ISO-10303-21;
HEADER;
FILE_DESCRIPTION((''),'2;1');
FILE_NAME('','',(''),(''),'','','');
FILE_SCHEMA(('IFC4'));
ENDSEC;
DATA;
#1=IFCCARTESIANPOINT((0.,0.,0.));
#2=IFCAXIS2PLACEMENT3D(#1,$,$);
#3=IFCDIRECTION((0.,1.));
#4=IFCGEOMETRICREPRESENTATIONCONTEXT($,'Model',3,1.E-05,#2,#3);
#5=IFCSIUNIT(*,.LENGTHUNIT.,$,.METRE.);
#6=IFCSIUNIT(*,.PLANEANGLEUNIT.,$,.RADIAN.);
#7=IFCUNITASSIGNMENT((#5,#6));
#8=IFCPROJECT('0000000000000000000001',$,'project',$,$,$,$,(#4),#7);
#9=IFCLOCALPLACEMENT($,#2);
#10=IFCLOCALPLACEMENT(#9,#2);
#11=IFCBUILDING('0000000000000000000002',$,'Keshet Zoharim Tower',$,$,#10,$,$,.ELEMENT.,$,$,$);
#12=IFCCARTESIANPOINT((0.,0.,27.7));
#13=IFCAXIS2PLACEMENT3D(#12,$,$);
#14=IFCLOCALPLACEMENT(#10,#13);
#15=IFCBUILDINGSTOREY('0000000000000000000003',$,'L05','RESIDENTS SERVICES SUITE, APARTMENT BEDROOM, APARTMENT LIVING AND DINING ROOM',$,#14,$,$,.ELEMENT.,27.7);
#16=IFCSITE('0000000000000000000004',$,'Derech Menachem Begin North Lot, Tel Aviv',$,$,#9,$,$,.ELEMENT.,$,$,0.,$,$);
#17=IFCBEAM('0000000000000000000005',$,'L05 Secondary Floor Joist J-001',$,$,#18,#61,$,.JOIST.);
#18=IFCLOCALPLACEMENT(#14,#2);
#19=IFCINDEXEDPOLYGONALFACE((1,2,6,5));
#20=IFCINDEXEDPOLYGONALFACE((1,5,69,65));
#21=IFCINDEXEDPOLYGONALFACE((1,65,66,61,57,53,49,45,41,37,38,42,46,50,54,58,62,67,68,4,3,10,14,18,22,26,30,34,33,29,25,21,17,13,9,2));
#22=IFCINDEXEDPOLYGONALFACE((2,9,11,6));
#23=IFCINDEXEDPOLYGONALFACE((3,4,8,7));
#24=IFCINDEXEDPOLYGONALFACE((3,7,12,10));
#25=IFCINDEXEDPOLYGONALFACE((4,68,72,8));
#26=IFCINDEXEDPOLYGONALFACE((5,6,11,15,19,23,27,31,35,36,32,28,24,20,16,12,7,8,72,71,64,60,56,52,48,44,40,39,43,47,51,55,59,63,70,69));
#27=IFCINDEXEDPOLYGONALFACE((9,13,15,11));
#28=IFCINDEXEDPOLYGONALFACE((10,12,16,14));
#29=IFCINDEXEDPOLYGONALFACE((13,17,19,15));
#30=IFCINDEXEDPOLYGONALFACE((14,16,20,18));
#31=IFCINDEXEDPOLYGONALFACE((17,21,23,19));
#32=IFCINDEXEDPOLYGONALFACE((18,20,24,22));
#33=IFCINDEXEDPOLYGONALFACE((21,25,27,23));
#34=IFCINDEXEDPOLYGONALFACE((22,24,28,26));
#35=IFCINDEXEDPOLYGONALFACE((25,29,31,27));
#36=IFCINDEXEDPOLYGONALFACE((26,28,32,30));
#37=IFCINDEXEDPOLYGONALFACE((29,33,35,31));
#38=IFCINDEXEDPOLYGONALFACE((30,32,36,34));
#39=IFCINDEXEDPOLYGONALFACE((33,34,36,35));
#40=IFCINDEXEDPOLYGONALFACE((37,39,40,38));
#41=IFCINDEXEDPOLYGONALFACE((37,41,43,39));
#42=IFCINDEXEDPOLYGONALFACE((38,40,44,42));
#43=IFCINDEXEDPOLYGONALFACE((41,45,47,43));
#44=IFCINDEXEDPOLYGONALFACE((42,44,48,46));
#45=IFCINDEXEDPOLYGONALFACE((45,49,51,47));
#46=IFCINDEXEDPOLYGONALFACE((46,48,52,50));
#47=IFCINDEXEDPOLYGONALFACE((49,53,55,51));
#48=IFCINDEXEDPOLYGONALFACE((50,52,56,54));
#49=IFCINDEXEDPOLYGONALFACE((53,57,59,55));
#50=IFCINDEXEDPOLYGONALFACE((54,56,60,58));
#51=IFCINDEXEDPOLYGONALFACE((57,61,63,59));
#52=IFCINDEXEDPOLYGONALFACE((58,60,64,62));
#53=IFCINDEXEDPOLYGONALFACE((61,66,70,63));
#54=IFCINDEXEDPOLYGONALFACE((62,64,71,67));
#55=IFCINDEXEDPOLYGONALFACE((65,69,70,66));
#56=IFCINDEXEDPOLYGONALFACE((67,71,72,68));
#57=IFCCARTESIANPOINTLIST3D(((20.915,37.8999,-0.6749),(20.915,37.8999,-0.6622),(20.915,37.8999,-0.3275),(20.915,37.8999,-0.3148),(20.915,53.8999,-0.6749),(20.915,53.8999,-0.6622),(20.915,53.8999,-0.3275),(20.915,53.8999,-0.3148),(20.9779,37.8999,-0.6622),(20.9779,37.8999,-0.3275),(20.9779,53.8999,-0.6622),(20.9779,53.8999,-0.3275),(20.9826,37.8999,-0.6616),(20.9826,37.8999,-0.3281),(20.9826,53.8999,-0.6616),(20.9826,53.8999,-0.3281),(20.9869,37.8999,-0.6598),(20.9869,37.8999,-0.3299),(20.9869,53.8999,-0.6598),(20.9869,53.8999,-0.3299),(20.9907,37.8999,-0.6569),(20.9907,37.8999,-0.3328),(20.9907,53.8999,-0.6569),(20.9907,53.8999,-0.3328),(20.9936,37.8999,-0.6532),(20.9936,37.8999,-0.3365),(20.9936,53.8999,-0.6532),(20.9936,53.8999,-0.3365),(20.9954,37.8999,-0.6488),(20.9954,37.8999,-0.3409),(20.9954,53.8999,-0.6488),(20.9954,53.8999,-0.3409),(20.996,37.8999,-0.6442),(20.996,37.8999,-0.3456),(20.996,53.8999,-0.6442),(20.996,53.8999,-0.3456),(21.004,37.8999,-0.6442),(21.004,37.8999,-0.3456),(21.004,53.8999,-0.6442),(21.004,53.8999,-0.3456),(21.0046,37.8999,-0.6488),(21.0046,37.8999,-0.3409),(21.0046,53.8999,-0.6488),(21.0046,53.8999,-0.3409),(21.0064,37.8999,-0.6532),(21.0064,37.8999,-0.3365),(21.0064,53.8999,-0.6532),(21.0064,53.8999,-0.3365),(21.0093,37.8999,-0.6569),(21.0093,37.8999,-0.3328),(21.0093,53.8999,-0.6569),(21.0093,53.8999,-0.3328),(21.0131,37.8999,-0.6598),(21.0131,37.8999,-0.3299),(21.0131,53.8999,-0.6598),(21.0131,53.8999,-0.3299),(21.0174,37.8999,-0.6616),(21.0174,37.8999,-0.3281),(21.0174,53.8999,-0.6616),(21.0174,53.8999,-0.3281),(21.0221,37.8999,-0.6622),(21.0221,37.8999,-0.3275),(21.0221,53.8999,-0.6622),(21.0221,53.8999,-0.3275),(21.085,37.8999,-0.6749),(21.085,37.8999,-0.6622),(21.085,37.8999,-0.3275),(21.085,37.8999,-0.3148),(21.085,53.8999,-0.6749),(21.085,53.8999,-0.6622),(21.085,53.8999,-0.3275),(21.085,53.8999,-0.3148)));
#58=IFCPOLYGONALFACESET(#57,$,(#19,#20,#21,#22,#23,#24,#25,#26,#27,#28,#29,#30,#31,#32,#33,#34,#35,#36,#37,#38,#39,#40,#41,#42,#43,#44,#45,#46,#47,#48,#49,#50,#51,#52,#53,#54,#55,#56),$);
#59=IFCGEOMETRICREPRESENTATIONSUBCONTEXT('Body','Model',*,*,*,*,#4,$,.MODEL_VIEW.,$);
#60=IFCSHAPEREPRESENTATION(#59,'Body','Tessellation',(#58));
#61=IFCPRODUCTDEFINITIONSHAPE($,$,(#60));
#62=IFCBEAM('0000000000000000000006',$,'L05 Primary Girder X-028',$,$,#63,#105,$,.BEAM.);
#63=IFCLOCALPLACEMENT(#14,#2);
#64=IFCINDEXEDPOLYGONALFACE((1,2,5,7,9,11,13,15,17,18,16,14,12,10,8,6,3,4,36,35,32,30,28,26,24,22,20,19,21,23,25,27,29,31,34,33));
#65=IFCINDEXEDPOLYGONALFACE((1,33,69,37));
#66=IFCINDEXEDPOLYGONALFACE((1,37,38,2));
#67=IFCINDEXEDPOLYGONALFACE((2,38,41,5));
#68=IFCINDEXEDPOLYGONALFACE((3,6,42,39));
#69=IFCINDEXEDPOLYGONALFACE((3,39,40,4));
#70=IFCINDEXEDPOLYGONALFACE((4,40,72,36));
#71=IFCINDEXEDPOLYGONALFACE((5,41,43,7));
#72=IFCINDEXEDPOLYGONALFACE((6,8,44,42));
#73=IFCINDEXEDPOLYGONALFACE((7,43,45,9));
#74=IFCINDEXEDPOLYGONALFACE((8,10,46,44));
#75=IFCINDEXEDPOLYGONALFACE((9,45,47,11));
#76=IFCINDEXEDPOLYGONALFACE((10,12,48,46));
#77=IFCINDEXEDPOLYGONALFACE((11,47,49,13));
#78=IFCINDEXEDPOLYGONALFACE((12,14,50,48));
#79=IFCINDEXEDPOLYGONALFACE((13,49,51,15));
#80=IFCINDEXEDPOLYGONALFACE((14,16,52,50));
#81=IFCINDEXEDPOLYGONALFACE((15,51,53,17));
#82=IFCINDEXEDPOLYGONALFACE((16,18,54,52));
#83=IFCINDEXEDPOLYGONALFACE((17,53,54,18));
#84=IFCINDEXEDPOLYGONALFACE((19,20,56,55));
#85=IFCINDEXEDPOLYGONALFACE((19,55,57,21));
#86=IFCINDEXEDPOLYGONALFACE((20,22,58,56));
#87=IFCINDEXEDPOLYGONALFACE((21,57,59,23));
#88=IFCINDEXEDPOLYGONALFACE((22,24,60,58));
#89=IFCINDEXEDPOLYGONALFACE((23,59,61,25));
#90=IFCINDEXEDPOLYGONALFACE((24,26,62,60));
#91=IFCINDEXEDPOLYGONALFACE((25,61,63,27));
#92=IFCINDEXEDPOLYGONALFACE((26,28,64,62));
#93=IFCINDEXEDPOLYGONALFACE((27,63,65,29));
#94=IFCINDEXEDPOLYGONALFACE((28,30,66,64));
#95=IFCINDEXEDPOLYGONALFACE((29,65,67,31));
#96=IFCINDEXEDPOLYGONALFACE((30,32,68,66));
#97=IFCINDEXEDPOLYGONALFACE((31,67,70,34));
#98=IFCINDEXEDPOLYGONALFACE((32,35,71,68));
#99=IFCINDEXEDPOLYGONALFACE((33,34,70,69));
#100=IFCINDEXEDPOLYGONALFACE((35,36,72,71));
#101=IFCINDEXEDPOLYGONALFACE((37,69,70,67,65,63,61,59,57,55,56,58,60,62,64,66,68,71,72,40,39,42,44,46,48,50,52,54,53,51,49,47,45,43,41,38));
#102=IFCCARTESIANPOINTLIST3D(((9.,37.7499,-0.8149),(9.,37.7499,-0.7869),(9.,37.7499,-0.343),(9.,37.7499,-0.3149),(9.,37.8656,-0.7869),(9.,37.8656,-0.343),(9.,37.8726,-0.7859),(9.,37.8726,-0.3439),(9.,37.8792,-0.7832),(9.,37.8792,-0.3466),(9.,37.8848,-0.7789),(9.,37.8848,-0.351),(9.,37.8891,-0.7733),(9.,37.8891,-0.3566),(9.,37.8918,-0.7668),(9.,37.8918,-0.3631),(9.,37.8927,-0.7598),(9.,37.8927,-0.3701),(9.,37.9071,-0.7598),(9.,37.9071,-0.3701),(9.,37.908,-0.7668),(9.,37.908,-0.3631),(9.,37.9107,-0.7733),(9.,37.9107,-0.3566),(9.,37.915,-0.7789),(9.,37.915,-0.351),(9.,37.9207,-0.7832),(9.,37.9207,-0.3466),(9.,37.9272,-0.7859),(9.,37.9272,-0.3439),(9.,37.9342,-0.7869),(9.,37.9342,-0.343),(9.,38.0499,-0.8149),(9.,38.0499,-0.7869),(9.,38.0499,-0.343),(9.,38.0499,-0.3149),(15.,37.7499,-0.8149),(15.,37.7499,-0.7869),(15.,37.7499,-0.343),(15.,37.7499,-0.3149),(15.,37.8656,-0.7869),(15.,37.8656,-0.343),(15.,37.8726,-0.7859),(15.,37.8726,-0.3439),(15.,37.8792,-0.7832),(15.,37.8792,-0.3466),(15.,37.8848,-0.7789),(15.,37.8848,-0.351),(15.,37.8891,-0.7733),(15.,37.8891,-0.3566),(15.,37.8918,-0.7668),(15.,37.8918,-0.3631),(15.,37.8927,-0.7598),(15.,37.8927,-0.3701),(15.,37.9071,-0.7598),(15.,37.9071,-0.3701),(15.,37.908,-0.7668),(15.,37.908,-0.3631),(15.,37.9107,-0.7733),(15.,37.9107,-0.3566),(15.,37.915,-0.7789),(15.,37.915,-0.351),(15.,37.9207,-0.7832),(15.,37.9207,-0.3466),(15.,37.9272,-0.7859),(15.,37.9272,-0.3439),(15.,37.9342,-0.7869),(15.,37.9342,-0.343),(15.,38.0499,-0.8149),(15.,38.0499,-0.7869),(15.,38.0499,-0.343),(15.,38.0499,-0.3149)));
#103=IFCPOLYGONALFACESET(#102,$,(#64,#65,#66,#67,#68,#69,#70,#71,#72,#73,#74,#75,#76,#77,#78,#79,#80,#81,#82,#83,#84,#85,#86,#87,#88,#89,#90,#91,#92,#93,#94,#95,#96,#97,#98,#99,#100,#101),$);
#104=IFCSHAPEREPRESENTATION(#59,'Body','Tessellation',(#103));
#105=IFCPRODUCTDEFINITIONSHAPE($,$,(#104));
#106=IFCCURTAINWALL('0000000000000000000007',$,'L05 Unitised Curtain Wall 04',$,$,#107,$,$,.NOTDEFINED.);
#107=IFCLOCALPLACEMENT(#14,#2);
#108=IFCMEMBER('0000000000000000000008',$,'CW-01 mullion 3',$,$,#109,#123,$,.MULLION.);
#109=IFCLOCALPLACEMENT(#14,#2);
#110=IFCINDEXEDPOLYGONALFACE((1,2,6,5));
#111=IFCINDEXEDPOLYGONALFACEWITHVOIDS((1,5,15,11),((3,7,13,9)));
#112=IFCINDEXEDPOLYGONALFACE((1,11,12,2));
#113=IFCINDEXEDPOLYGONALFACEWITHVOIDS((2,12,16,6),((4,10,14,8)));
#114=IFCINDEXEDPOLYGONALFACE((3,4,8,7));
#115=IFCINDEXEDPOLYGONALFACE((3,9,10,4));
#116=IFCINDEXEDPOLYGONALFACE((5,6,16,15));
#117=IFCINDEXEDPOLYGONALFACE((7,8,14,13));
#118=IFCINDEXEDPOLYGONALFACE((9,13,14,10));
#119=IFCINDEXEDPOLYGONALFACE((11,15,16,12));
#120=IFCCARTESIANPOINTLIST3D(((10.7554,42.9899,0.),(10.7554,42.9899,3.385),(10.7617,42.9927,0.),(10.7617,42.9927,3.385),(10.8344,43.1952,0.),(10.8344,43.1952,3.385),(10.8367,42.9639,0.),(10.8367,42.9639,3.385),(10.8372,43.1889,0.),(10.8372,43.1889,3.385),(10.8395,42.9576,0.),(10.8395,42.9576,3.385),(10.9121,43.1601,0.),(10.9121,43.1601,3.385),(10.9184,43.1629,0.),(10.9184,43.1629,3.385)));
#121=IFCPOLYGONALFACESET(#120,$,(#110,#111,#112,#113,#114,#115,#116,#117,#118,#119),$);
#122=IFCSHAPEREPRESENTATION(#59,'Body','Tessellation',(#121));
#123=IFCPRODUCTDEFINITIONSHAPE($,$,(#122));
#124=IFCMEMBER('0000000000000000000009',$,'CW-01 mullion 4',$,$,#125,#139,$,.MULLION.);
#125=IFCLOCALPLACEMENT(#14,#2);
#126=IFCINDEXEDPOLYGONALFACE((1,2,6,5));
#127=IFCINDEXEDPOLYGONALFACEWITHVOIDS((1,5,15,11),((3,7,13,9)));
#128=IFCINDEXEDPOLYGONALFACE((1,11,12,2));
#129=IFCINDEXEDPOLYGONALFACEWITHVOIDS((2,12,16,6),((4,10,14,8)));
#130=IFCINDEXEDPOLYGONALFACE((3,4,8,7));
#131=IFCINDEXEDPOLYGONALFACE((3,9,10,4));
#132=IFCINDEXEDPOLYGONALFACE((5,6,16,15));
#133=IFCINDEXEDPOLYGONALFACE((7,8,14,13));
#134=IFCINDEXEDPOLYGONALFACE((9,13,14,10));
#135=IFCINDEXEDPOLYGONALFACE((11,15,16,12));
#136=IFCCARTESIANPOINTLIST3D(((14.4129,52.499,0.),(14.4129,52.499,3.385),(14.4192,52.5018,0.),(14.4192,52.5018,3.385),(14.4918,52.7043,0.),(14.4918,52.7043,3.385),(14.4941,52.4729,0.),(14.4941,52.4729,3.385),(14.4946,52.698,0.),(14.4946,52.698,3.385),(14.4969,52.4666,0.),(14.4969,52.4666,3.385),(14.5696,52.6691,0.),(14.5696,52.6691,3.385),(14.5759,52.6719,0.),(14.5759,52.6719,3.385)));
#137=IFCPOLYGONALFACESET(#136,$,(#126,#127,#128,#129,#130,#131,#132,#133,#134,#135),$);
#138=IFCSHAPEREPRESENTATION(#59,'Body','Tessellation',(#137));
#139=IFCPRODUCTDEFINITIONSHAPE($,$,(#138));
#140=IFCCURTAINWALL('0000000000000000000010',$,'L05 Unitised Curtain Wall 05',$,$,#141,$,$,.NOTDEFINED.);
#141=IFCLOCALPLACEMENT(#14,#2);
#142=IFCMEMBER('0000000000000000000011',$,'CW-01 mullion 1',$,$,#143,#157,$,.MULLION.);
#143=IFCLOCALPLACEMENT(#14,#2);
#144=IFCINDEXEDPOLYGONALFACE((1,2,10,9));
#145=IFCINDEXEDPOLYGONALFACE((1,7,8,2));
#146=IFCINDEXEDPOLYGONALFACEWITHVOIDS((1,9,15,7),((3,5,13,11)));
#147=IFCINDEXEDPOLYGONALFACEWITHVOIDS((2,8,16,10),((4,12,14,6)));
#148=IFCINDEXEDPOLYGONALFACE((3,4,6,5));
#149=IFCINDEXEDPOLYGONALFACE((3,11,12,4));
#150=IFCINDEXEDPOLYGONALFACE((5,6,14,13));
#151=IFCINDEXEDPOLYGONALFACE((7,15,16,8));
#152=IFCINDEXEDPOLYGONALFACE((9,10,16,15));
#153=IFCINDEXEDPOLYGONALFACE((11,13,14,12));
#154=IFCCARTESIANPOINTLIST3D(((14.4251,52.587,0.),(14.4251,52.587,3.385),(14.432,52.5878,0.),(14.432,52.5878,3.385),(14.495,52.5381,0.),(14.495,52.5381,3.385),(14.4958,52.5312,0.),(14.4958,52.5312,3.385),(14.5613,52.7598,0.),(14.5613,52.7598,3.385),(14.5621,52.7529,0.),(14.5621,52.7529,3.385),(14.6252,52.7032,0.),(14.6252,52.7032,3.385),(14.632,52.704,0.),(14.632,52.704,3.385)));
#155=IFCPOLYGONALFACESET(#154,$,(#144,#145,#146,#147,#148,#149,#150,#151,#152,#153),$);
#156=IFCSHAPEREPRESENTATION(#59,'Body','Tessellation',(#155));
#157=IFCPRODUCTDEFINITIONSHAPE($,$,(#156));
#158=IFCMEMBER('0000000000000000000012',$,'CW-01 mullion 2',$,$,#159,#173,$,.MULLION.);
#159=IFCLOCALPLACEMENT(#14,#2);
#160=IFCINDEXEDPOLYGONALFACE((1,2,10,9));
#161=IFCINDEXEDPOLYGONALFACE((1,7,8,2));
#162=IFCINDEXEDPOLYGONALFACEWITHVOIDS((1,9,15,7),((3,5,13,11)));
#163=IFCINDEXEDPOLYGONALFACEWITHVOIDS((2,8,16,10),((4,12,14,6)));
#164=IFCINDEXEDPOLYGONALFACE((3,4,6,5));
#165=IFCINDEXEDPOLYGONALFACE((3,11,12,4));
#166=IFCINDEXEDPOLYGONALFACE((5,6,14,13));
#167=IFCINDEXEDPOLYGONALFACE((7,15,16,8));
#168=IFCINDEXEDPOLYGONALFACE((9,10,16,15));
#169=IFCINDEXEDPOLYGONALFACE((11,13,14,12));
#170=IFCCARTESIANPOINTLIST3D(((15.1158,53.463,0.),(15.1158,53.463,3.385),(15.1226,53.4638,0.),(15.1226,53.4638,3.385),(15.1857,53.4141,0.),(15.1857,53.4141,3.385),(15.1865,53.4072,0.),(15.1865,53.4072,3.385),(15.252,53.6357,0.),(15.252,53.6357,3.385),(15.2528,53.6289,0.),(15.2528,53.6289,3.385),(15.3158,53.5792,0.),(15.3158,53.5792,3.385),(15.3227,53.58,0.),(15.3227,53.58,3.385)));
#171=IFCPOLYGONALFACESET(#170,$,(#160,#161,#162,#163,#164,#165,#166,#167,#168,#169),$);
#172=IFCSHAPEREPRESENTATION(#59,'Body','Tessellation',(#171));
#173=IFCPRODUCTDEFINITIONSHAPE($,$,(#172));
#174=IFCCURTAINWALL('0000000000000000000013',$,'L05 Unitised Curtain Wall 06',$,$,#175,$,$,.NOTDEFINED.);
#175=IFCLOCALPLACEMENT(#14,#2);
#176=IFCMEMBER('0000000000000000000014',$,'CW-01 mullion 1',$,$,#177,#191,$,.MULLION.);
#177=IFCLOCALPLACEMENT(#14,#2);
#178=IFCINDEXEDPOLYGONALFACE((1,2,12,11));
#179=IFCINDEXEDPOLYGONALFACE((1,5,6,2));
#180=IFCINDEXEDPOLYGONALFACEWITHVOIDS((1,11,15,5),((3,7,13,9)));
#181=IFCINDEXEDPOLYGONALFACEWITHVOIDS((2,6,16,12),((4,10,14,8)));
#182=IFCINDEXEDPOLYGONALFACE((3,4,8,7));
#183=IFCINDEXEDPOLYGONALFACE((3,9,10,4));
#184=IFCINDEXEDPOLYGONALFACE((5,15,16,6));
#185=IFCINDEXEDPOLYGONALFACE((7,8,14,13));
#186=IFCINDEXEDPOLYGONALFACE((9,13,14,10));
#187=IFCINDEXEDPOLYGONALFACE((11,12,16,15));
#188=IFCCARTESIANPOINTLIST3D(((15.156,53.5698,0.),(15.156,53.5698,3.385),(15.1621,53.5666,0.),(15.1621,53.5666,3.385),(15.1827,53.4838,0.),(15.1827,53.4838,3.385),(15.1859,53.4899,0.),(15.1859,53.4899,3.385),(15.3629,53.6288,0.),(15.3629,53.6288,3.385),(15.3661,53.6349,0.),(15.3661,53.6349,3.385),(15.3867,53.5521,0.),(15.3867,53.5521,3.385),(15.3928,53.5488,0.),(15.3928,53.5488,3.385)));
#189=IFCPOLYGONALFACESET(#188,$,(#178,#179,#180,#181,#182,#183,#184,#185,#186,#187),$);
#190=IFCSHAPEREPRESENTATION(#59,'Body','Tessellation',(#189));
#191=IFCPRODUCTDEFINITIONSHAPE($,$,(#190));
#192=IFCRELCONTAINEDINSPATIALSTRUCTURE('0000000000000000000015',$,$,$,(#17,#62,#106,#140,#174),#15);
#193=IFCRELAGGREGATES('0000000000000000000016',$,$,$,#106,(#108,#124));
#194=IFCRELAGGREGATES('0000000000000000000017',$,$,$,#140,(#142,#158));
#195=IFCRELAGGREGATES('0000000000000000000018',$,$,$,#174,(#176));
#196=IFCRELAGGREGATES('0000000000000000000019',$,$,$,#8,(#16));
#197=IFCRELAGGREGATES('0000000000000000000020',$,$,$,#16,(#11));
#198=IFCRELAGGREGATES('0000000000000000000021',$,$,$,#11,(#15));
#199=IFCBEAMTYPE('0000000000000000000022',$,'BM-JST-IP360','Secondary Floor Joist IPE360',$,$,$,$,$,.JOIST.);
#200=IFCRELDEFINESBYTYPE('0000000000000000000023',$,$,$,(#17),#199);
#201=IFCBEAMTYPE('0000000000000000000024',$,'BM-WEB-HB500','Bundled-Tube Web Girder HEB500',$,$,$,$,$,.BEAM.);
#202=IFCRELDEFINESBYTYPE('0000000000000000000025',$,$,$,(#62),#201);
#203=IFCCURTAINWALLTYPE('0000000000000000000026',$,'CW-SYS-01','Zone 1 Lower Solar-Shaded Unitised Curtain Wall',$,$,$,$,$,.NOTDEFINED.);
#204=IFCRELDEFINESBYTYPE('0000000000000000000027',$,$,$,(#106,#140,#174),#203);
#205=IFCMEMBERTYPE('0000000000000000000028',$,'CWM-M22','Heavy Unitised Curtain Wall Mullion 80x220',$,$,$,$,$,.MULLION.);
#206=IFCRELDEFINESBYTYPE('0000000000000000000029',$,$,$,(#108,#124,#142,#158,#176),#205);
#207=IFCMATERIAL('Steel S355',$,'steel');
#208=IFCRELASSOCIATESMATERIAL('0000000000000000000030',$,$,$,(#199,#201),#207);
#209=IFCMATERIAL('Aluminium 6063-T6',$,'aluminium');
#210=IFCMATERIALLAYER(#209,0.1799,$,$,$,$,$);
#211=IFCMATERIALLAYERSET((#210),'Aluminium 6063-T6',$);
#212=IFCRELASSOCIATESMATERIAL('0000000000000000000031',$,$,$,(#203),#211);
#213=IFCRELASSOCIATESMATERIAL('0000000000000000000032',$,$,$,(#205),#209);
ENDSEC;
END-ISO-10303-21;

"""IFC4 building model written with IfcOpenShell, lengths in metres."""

from ifc_helpers import new_model, si_unit, direction, frame, origin, origin_2d, place, context, subcontext, project, spatial, hollow_rectangle, i_section, extrude, material, layer, layer_set, material_profile, profile_set, type_object, element, aggregate, save


model = new_model("IFC4")

# Units and contexts
model_context = context("Model", 3, precision=1e-05, world=origin(), true_north=direction((0.0, 1.0)))
body_context = subcontext(model_context, "Body", "Model", "MODEL_VIEW")
ifc_project = project(units=[si_unit("LENGTHUNIT", "METRE"), si_unit("PLANEANGLEUNIT", "RADIAN")], contexts=[model_context])

# Site, building, storey
site_placement = place(None, origin())
site = spatial("IfcSite", under=ifc_project, at=site_placement, Name="Derech Menachem Begin North Lot, Tel Aviv", CompositionType="ELEMENT", RefElevation=0.0)
building_placement = place(site_placement, origin())
building = spatial("IfcBuilding", under=site, at=building_placement, Name="Keshet Zoharim Tower", CompositionType="ELEMENT")
storey_placement = place(building_placement, frame((0.0, 0.0, 27.7)))
storey = spatial("IfcBuildingStorey", under=building, at=storey_placement, Name="L05", Description="RESIDENTS SERVICES SUITE, APARTMENT BEDROOM, APARTMENT LIVING AND DINING ROOM", CompositionType="ELEMENT", Elevation=27.7)

# Beams
ifc_material_1 = material(Name="Steel S355", Category="steel")
ifc_material_profile_1 = material_profile(ifc_material_1, i_section(OverallWidth=0.1699, OverallDepth=0.3601, WebThickness=0.0081, FlangeThickness=0.0127, FilletRadius=0.0181, at=origin_2d()), Name="IPE360")
ifc_profile_set_1 = profile_set([ifc_material_profile_1], Name="Steel S355")
beam_type_1 = type_object("IfcBeamType", Name="BM-JST-IP360", Description="Secondary Floor Joist IPE360", PredefinedType="JOIST", material=ifc_profile_set_1)
beam_1_placement = place(storey_placement, frame((21.0, 37.8999, -0.4949), z_axis=(0.0, 1.0, 0.0), x_axis=(-1.0, 0.0, 0.0)))
element("IfcBeam", 1, at=beam_1_placement, inside=storey, type_object=beam_type_1, Name="L05 Secondary Floor Joist J-001", PredefinedType="JOIST", context=body_context, shape_type="SweptSolid", body=[
    extrude(i_section(OverallWidth=0.1699, OverallDepth=0.3601, WebThickness=0.0081, FlangeThickness=0.0127, FilletRadius=0.0181, at=origin_2d()), origin(), (0.0, 0.0, 1.0), 16.0),
])
ifc_material_profile_2 = material_profile(ifc_material_1, i_section(OverallWidth=0.3, OverallDepth=0.5, WebThickness=0.0144, FlangeThickness=0.0281, FilletRadius=0.0271, at=origin_2d()), Name="HEB500")
ifc_profile_set_2 = profile_set([ifc_material_profile_2], Name="Steel S355")
beam_type_2 = type_object("IfcBeamType", Name="BM-WEB-HB500", Description="Bundled-Tube Web Girder HEB500", PredefinedType="BEAM", material=ifc_profile_set_2)
beam_2_placement = place(storey_placement, frame((9.0, 37.8999, -0.5649), z_axis=(1.0, 0.0, 0.0), x_axis=(0.0, 1.0, 0.0)))
element("IfcBeam", 2, at=beam_2_placement, inside=storey, type_object=beam_type_2, Name="L05 Primary Girder X-028", PredefinedType="BEAM", context=body_context, shape_type="SweptSolid", body=[
    extrude(i_section(OverallWidth=0.3, OverallDepth=0.5, WebThickness=0.0144, FlangeThickness=0.0281, FilletRadius=0.0271, at=origin_2d()), origin(), (0.0, 0.0, 1.0), 6.0),
])

# Curtain walls, members
ifc_material_2 = material(Name="Aluminium 6063-T6", Category="aluminium")
ifc_layer_1 = layer(ifc_material_2, 0.1799)
ifc_layer_set_1 = layer_set([ifc_layer_1], Name="Aluminium 6063-T6")
curtain_wall_type_1 = type_object("IfcCurtainWallType", Name="CW-SYS-01", Description="Zone 1 Lower Solar-Shaded Unitised Curtain Wall", PredefinedType="NOTDEFINED", material=ifc_layer_set_1)
curtain_wall_1_placement = place(storey_placement, origin())
curtain_wall_1 = element("IfcCurtainWall", 3, at=curtain_wall_1_placement, inside=storey, type_object=curtain_wall_type_1, Name="L05 Unitised Curtain Wall 04", PredefinedType="NOTDEFINED")
ifc_material_profile_3 = material_profile(ifc_material_2, hollow_rectangle(XDim=0.0901, YDim=0.22, WallThickness=0.0049, at=origin_2d()), Name="MUL-90x220")
ifc_profile_set_3 = profile_set([ifc_material_profile_3], Name="Aluminium 6063-T6")
member_type_1 = type_object("IfcMemberType", Name="CWM-M22", Description="Heavy Unitised Curtain Wall Mullion 80x220", PredefinedType="MULLION", material=ifc_profile_set_3)
member_1_placement = place(storey_placement, frame((10.8369, 43.0764, 0.0), z_axis=(0.0, 0.0, 1.0), x_axis=(-0.933341, 0.35899, 0.0)))
member_1 = element("IfcMember", 4, at=member_1_placement, type_object=member_type_1, Name="CW-01 mullion 3", PredefinedType="MULLION", context=body_context, shape_type="SweptSolid", body=[
    extrude(hollow_rectangle(XDim=0.0901, YDim=0.22, WallThickness=0.0049, at=origin_2d()), origin(), (0.0, 0.0, 1.0), 3.385),
])
member_2_placement = place(storey_placement, frame((14.4944, 52.5854, 0.0), z_axis=(0.0, 0.0, 1.0), x_axis=(-0.933341, 0.35899, 0.0)))
member_2 = element("IfcMember", 5, at=member_2_placement, type_object=member_type_1, Name="CW-01 mullion 4", PredefinedType="MULLION", context=body_context, shape_type="SweptSolid", body=[
    extrude(hollow_rectangle(XDim=0.0901, YDim=0.22, WallThickness=0.0049, at=origin_2d()), origin(), (0.0, 0.0, 1.0), 3.385),
])
curtain_wall_2_placement = place(storey_placement, origin())
curtain_wall_2 = element("IfcCurtainWall", 6, at=curtain_wall_2_placement, inside=storey, type_object=curtain_wall_type_1, Name="L05 Unitised Curtain Wall 05", PredefinedType="NOTDEFINED")
member_3_placement = place(storey_placement, frame((14.5286, 52.6455, 0.0), z_axis=(0.0, 0.0, 1.0), x_axis=(-0.785293, 0.619125, 0.0)))
member_3 = element("IfcMember", 7, at=member_3_placement, type_object=member_type_1, Name="CW-01 mullion 1", PredefinedType="MULLION", context=body_context, shape_type="SweptSolid", body=[
    extrude(hollow_rectangle(XDim=0.0901, YDim=0.22, WallThickness=0.0049, at=origin_2d()), origin(), (0.0, 0.0, 1.0), 3.385),
])
member_4_placement = place(storey_placement, frame((15.2192, 53.5215, 0.0), z_axis=(0.0, 0.0, 1.0), x_axis=(-0.785293, 0.619125, 0.0)))
member_4 = element("IfcMember", 8, at=member_4_placement, type_object=member_type_1, Name="CW-01 mullion 2", PredefinedType="MULLION", context=body_context, shape_type="SweptSolid", body=[
    extrude(hollow_rectangle(XDim=0.0901, YDim=0.22, WallThickness=0.0049, at=origin_2d()), origin(), (0.0, 0.0, 1.0), 3.385),
])
curtain_wall_3_placement = place(storey_placement, origin())
curtain_wall_3 = element("IfcCurtainWall", 9, at=curtain_wall_3_placement, inside=storey, type_object=curtain_wall_type_1, Name="L05 Unitised Curtain Wall 06", PredefinedType="NOTDEFINED")
member_5_placement = place(storey_placement, frame((15.2744, 53.5593, 0.0), z_axis=(0.0, 0.0, 1.0), x_axis=(-0.295922, 0.955212, 0.0)))
member_5 = element("IfcMember", 10, at=member_5_placement, type_object=member_type_1, Name="CW-01 mullion 1", PredefinedType="MULLION", context=body_context, shape_type="SweptSolid", body=[
    extrude(hollow_rectangle(XDim=0.0901, YDim=0.22, WallThickness=0.0049, at=origin_2d()), origin(), (0.0, 0.0, 1.0), 3.385),
])

aggregate(curtain_wall_1, [member_1, member_2])
aggregate(curtain_wall_2, [member_3, member_4])
aggregate(curtain_wall_3, [member_5])

save(model, "model.ifc")
